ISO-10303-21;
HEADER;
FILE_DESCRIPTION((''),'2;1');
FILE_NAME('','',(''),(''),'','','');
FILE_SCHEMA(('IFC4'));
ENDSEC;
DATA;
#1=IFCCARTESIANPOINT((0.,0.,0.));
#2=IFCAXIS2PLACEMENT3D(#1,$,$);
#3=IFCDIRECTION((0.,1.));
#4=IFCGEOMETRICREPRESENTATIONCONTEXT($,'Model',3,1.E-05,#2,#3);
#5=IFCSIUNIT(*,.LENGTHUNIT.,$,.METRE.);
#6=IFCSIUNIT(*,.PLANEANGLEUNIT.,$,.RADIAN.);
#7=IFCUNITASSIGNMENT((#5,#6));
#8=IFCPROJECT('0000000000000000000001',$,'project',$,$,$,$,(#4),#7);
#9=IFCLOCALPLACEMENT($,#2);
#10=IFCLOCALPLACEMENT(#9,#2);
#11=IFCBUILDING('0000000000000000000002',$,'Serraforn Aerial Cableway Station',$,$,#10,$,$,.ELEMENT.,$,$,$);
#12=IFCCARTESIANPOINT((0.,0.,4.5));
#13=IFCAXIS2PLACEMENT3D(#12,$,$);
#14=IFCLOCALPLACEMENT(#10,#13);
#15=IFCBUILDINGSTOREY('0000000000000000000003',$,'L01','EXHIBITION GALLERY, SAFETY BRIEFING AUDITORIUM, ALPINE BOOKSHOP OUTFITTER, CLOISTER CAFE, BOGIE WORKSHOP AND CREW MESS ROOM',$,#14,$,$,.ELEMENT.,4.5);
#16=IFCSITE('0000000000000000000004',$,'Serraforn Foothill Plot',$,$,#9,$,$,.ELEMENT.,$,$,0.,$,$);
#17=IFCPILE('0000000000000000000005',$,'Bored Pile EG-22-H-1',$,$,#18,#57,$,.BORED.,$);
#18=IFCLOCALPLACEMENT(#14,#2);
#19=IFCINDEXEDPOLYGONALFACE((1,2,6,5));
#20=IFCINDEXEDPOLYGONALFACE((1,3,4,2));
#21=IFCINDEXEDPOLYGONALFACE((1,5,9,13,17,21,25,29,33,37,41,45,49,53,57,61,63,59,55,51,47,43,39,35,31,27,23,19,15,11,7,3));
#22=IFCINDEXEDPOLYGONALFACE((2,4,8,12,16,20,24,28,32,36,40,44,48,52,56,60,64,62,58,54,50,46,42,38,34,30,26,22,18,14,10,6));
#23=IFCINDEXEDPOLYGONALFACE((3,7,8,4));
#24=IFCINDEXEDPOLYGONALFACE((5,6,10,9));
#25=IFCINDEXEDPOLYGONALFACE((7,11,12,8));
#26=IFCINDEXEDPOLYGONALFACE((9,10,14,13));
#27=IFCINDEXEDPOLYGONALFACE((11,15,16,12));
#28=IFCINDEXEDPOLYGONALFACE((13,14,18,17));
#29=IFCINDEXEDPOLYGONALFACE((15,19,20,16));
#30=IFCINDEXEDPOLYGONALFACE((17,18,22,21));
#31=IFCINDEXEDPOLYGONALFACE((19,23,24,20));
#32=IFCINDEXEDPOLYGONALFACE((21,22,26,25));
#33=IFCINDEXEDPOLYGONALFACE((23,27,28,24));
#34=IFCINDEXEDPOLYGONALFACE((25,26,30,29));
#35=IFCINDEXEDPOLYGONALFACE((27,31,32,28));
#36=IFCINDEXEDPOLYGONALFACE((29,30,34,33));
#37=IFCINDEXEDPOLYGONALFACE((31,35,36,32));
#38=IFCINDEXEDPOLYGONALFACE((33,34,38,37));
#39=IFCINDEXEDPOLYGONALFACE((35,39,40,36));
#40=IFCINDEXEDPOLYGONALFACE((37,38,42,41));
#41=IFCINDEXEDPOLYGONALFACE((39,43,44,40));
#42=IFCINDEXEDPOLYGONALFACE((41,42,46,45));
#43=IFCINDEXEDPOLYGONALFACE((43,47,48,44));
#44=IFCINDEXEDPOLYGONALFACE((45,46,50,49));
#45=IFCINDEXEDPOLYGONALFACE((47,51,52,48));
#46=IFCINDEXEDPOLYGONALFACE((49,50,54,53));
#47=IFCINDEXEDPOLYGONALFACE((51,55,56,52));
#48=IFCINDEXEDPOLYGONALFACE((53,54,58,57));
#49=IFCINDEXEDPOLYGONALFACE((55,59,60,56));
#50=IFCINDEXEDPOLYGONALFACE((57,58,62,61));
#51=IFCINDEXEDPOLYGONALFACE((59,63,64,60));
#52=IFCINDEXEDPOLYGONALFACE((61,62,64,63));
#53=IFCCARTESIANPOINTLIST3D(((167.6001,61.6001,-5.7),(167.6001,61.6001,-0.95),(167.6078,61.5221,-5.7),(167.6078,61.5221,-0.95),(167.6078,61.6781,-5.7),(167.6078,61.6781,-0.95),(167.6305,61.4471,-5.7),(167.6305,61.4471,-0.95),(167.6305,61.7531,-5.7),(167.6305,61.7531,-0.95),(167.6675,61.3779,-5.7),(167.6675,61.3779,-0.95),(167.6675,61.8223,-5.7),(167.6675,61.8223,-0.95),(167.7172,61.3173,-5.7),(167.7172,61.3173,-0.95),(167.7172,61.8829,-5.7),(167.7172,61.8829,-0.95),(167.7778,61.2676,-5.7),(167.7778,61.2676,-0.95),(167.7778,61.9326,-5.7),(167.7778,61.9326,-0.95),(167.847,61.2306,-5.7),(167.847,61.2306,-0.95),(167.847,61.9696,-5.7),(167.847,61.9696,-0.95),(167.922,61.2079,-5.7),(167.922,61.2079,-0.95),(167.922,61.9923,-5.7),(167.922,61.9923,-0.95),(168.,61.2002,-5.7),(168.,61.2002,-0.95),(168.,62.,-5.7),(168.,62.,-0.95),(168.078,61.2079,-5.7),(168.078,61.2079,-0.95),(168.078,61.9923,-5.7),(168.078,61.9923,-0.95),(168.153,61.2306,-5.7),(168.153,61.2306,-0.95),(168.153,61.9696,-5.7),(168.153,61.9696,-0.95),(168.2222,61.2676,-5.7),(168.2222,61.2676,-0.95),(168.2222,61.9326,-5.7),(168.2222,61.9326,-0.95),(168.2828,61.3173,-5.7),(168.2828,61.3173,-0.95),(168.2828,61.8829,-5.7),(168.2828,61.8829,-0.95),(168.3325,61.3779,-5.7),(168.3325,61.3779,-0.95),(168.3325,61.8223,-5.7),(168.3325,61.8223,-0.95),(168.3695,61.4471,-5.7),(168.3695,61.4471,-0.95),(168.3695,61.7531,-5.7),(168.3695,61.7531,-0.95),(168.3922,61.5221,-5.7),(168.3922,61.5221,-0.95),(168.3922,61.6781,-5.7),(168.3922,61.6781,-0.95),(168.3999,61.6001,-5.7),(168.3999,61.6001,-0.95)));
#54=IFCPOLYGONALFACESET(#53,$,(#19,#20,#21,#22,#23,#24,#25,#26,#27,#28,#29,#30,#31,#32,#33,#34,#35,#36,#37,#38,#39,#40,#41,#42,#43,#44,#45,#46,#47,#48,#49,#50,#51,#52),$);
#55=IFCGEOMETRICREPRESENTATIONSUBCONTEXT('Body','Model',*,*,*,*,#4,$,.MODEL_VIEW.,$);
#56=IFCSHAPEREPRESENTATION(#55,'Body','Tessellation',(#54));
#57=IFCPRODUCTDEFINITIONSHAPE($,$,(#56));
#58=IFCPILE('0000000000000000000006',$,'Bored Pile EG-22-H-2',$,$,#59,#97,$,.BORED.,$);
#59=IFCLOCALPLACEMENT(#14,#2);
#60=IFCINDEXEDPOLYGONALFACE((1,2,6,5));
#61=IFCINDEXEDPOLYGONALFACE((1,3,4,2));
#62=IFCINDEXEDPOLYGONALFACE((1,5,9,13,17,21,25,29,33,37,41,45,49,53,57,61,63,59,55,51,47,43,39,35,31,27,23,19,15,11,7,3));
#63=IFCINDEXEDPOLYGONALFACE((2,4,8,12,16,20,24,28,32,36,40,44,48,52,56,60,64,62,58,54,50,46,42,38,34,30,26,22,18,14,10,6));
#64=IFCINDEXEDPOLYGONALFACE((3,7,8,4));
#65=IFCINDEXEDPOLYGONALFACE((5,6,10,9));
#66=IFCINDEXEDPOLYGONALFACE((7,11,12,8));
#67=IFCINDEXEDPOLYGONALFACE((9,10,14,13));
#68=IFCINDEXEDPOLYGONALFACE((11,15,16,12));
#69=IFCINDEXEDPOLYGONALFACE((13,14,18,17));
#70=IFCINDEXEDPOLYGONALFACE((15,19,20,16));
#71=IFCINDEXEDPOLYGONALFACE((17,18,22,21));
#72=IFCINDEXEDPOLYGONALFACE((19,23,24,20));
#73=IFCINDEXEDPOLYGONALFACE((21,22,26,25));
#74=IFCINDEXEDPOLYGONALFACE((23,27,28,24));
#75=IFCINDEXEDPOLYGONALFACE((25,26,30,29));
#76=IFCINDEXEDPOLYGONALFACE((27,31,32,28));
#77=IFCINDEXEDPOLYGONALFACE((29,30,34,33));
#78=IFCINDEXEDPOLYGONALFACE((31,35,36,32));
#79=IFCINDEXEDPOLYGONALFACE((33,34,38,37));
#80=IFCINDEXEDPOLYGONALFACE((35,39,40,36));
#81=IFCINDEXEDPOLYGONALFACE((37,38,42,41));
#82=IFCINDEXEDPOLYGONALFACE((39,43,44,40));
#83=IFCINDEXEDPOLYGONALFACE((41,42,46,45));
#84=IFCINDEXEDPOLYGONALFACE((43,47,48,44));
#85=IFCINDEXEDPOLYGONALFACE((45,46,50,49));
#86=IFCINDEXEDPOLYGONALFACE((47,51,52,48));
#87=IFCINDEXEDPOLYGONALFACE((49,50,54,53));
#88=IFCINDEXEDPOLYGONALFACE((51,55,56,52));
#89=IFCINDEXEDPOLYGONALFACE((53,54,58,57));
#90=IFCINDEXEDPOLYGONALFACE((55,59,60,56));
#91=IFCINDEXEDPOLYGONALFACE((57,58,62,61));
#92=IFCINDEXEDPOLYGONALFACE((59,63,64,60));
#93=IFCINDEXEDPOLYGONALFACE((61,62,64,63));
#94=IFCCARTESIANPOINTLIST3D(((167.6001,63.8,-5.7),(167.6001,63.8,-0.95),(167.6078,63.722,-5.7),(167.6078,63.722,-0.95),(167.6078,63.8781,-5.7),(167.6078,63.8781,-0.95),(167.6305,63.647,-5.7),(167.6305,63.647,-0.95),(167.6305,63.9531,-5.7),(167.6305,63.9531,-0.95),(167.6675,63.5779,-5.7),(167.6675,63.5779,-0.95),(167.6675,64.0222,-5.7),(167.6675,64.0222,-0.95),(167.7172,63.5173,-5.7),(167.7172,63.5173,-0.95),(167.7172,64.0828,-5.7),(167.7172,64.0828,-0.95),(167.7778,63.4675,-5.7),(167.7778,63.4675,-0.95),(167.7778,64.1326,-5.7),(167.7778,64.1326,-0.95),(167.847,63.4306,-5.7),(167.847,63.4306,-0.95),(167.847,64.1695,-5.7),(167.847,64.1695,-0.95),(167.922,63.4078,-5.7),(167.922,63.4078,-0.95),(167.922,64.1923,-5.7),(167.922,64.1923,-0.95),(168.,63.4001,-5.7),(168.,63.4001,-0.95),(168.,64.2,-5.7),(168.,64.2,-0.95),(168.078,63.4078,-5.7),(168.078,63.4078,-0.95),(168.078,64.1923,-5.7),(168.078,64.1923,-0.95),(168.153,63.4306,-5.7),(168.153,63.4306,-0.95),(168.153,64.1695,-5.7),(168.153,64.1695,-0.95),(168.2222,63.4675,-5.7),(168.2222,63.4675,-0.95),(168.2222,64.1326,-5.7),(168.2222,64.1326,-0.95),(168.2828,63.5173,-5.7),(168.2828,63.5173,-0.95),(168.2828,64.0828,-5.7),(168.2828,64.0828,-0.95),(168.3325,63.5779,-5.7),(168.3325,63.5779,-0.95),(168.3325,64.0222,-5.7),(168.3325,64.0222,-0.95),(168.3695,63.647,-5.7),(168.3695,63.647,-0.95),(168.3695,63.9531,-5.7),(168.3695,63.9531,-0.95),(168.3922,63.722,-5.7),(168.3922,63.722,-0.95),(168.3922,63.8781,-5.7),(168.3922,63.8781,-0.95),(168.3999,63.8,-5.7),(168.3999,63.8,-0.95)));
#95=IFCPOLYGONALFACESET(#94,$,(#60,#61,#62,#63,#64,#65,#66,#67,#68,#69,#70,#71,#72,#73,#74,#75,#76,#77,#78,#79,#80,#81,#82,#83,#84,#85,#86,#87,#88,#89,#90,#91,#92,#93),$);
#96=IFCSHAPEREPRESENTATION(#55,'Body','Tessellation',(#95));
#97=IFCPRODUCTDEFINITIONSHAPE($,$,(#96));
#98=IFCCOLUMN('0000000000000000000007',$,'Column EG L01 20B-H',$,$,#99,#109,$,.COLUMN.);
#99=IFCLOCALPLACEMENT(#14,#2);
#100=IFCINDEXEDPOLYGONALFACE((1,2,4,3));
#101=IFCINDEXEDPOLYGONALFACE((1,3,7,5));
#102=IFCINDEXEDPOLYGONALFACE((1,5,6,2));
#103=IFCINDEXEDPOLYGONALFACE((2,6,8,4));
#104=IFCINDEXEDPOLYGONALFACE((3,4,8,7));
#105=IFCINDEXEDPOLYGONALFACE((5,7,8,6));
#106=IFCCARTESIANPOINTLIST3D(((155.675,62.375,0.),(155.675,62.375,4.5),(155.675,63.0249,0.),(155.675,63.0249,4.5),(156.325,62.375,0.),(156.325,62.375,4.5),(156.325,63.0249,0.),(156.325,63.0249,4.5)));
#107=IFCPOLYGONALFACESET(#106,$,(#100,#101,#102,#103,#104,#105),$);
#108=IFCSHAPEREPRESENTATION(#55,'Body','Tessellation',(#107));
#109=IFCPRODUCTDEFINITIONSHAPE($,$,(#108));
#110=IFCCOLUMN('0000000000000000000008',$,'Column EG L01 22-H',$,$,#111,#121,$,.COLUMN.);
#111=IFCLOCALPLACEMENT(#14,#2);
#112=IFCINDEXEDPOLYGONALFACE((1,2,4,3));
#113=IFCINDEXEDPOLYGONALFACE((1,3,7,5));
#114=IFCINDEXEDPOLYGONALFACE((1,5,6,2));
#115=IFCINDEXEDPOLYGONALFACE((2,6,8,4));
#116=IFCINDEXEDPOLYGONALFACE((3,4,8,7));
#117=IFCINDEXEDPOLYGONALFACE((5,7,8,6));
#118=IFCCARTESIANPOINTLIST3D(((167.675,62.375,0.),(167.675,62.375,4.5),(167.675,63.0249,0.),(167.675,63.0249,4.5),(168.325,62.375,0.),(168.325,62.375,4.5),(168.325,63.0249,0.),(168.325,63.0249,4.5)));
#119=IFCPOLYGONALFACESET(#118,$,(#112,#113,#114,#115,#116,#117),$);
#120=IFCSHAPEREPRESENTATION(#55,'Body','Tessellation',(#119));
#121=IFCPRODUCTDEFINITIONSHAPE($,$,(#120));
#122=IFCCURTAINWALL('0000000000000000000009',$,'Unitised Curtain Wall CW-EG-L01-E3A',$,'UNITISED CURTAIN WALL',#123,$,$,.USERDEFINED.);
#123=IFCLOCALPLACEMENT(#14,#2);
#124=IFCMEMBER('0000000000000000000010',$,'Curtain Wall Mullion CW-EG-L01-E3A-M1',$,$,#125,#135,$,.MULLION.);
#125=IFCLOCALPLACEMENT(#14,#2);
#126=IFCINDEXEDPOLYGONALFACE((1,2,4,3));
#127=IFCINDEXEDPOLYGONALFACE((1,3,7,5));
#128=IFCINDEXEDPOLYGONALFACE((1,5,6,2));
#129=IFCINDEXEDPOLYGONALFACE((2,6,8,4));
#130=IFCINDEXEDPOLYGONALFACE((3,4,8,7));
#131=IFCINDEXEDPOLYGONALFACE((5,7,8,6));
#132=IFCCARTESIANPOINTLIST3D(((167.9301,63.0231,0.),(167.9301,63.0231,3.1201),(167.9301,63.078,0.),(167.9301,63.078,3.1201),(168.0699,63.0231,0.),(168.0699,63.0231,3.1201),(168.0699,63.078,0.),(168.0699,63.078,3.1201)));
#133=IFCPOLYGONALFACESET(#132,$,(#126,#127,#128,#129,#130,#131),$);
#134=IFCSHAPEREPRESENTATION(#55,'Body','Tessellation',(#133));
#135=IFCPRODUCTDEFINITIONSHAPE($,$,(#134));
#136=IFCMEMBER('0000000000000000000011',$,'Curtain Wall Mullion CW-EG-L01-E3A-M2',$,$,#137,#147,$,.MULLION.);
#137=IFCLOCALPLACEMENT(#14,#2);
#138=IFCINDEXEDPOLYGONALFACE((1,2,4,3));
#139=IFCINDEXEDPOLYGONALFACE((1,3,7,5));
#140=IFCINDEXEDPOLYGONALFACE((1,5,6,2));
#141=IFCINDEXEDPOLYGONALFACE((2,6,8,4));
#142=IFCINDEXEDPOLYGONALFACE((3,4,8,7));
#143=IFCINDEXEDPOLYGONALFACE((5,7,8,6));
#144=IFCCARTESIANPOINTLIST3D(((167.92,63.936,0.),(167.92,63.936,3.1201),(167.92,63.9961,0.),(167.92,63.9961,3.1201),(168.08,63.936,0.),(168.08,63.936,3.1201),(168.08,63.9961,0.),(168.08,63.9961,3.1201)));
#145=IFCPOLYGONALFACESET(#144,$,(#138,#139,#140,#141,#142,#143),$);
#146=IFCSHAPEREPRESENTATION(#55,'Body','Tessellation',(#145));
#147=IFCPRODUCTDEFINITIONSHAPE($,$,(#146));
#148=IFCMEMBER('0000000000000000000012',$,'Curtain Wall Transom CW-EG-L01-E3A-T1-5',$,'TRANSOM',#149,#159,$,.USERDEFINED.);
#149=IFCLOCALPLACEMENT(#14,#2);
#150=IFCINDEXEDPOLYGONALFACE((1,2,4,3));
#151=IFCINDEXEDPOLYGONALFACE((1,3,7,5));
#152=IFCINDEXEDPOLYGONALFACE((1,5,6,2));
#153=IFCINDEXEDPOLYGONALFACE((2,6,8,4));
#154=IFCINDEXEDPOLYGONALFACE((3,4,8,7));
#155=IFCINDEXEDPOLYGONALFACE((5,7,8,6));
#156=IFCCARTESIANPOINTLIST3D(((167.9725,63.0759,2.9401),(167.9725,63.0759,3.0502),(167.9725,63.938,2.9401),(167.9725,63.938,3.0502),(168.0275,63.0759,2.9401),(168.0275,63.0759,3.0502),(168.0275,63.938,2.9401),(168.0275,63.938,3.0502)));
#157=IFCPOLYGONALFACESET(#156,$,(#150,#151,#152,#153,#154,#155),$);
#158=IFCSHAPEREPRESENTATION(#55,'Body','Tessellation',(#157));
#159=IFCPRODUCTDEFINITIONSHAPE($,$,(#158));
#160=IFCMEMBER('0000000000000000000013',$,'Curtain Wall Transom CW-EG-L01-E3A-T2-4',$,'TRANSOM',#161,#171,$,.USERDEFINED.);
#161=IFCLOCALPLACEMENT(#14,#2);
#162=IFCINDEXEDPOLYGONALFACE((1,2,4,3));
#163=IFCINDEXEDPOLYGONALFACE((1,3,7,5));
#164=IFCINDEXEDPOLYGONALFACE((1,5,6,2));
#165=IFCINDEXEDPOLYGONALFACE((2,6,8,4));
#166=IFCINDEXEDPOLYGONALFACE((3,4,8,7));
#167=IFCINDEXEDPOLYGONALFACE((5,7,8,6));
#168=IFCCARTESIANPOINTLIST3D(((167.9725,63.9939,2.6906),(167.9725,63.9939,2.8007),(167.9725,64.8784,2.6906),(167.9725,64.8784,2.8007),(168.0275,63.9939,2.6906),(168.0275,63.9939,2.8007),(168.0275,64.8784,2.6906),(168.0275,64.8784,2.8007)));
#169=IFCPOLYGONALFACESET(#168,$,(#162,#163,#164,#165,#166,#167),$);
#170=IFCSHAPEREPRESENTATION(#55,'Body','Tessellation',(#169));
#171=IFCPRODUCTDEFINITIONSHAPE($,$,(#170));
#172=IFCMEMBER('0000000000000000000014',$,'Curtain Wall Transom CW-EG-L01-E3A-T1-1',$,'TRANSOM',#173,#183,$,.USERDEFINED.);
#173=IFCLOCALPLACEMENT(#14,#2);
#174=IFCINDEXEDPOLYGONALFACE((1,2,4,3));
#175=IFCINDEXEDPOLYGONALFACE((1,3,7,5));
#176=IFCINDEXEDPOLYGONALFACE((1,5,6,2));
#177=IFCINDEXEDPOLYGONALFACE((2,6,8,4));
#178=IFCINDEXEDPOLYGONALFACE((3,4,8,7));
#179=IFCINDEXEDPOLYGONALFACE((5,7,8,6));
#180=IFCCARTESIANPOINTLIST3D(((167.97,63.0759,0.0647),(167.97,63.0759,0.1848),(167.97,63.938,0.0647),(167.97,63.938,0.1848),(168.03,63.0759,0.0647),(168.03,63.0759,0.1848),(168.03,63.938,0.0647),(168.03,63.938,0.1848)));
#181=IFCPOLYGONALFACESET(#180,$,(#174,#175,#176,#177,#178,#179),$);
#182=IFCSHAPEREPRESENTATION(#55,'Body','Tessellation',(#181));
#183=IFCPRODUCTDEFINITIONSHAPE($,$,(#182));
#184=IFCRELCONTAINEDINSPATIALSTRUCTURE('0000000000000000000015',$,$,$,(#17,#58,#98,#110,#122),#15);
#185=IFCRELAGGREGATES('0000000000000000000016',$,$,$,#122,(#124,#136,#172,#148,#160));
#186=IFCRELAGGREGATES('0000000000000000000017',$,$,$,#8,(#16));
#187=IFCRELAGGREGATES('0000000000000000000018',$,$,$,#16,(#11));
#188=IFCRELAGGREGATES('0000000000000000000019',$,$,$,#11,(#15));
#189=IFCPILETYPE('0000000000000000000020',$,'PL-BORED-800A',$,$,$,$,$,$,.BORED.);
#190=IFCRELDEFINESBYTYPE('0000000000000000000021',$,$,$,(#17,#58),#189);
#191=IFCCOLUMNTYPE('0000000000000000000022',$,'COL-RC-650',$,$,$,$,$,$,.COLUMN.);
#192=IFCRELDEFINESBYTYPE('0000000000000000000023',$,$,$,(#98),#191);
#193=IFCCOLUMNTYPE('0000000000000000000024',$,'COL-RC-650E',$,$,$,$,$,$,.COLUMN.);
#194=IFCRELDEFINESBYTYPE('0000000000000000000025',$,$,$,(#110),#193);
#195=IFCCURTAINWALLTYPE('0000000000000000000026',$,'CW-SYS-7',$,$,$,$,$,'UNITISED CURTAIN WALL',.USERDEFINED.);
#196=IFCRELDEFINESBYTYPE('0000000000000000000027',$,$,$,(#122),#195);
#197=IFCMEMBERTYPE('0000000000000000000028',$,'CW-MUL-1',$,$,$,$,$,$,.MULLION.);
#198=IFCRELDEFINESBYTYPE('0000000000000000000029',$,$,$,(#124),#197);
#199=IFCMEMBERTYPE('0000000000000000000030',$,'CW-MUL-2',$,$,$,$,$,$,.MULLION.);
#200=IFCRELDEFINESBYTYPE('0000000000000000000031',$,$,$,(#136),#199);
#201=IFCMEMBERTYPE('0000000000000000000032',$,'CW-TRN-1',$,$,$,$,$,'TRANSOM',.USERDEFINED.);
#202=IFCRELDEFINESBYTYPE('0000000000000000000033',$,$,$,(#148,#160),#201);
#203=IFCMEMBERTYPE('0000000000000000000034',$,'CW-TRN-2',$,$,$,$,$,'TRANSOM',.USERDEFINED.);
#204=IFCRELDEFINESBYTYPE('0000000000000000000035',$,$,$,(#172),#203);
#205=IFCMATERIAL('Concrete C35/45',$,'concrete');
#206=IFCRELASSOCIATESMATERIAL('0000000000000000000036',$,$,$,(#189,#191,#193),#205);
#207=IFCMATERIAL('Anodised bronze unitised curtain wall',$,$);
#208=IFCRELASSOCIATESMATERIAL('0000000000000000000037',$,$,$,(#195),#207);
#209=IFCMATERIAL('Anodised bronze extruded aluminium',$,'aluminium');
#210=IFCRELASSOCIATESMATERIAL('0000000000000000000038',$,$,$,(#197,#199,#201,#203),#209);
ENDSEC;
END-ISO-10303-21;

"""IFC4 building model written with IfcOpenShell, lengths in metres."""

from ifc_helpers import new_model, si_unit, direction, frame, origin, origin_2d, place, context, subcontext, project, spatial, rectangle, circle, extrude, material, material_profile, profile_set, type_object, element, aggregate, save


model = new_model("IFC4")

# Units and contexts
model_context = context("Model", 3, precision=1e-05, world=origin(), true_north=direction((0.0, 1.0)))
body_context = subcontext(model_context, "Body", "Model", "MODEL_VIEW")
ifc_project = project(units=[si_unit("LENGTHUNIT", "METRE"), si_unit("PLANEANGLEUNIT", "RADIAN")], contexts=[model_context])

# Site, building, storey
site_placement = place(None, origin())
site = spatial("IfcSite", under=ifc_project, at=site_placement, Name="Serraforn Foothill Plot", CompositionType="ELEMENT", RefElevation=0.0)
building_placement = place(site_placement, origin())
building = spatial("IfcBuilding", under=site, at=building_placement, Name="Serraforn Aerial Cableway Station", CompositionType="ELEMENT")
storey_placement = place(building_placement, frame((0.0, 0.0, 4.5)))
storey = spatial("IfcBuildingStorey", under=building, at=storey_placement, Name="L01", Description="EXHIBITION GALLERY, SAFETY BRIEFING AUDITORIUM, ALPINE BOOKSHOP OUTFITTER, CLOISTER CAFE, BOGIE WORKSHOP AND CREW MESS ROOM", CompositionType="ELEMENT", Elevation=4.5)

# Shared definitions
ifc_material_1 = material(Name="Concrete C35/45", Category="concrete")

# Piles
ifc_material_profile_1 = material_profile(ifc_material_1, circle(Radius=0.3999, at=origin_2d()), Name="BORED PILE D800")
ifc_profile_set_1 = profile_set([ifc_material_profile_1], Name="Concrete C35/45")
pile_type = type_object("IfcPileType", Name="PL-BORED-800A", PredefinedType="BORED", material=ifc_profile_set_1)
for number, where, z_axis, x_axis, name in (
    (1, (168.0, 61.6001, -0.95), (0.0, 0.0, -1.0), (1.0, 0.0, 0.0), "Bored Pile EG-22-H-1"),
    (2, (168.0, 63.8, -0.95), (0.0, 0.0, -1.0), (1.0, 0.0, 0.0), "Bored Pile EG-22-H-2"),
):
    element("IfcPile", number, at=place(storey_placement, frame(where, z_axis=z_axis, x_axis=x_axis)), inside=storey, type_object=pile_type, Name=name, PredefinedType="BORED", context=body_context, shape_type="SweptSolid", body=[
        extrude(circle(Radius=0.3999, at=origin_2d()), origin(), (0.0, 0.0, 1.0), 4.75),
    ])

# Columns
ifc_material_profile_2 = material_profile(ifc_material_1, rectangle(XDim=0.6499, YDim=0.6499, at=origin_2d()), Name="RC 650x650")
ifc_profile_set_2 = profile_set([ifc_material_profile_2], Name="Concrete C35/45")
column_type_1 = type_object("IfcColumnType", Name="COL-RC-650", PredefinedType="COLUMN", material=ifc_profile_set_2)
column_1_placement = place(storey_placement, frame((156.0, 62.7, 0.0), z_axis=(0.0, 0.0, 1.0), x_axis=(1.0, 0.0, 0.0)))
element("IfcColumn", 3, at=column_1_placement, inside=storey, type_object=column_type_1, Name="Column EG L01 20B-H", PredefinedType="COLUMN", context=body_context, shape_type="SweptSolid", body=[
    extrude(rectangle(XDim=0.6499, YDim=0.6499, at=origin_2d()), origin(), (0.0, 0.0, 1.0), 4.5),
])
ifc_material_profile_3 = material_profile(ifc_material_1, rectangle(XDim=0.6499, YDim=0.6499, at=origin_2d()), Name="RC 650x650")
ifc_profile_set_3 = profile_set([ifc_material_profile_3], Name="Concrete C35/45")
column_type_2 = type_object("IfcColumnType", Name="COL-RC-650E", PredefinedType="COLUMN", material=ifc_profile_set_3)
column_2_placement = place(storey_placement, frame((168.0, 62.7, 0.0), z_axis=(0.0, 0.0, 1.0), x_axis=(1.0, 0.0, 0.0)))
element("IfcColumn", 4, at=column_2_placement, inside=storey, type_object=column_type_2, Name="Column EG L01 22-H", PredefinedType="COLUMN", context=body_context, shape_type="SweptSolid", body=[
    extrude(rectangle(XDim=0.6499, YDim=0.6499, at=origin_2d()), origin(), (0.0, 0.0, 1.0), 4.5),
])

# Curtain wall, members
ifc_material_2 = material(Name="Anodised bronze unitised curtain wall")
curtain_wall_type = type_object("IfcCurtainWallType", Name="CW-SYS-7", ElementType="UNITISED CURTAIN WALL", PredefinedType="USERDEFINED", material=ifc_material_2)
curtain_wall_placement = place(storey_placement, origin())
curtain_wall = element("IfcCurtainWall", 5, at=curtain_wall_placement, inside=storey, type_object=curtain_wall_type, Name="Unitised Curtain Wall CW-EG-L01-E3A", ObjectType="UNITISED CURTAIN WALL", PredefinedType="USERDEFINED")
ifc_material_3 = material(Name="Anodised bronze extruded aluminium", Category="aluminium")
ifc_material_profile_4 = material_profile(ifc_material_3, rectangle(XDim=0.0549, YDim=0.1399, at=origin_2d()), Name="CW MULLION 55x140")
ifc_profile_set_4 = profile_set([ifc_material_profile_4], Name="Anodised bronze extruded aluminium")
member_type_1 = type_object("IfcMemberType", Name="CW-MUL-1", PredefinedType="MULLION", material=ifc_profile_set_4)
member_1_placement = place(storey_placement, frame((168.0, 63.0505, 0.0), z_axis=(0.0, 0.0, 1.0), x_axis=(0.0, 1.0, 0.0)))
member_1 = element("IfcMember", 6, at=member_1_placement, type_object=member_type_1, Name="Curtain Wall Mullion CW-EG-L01-E3A-M1", PredefinedType="MULLION", context=body_context, shape_type="SweptSolid", body=[
    extrude(rectangle(XDim=0.0549, YDim=0.1399, at=origin_2d()), origin(), (0.0, 0.0, 1.0), 3.1201),
])
ifc_material_profile_5 = material_profile(ifc_material_3, rectangle(XDim=0.0601, YDim=0.1599, at=origin_2d()), Name="CW MULLION 60x160")
ifc_profile_set_5 = profile_set([ifc_material_profile_5], Name="Anodised bronze extruded aluminium")
member_type_2 = type_object("IfcMemberType", Name="CW-MUL-2", PredefinedType="MULLION", material=ifc_profile_set_5)
member_2_placement = place(storey_placement, frame((168.0, 63.9661, 0.0), z_axis=(0.0, 0.0, 1.0), x_axis=(0.0, 1.0, 0.0)))
member_2 = element("IfcMember", 7, at=member_2_placement, type_object=member_type_2, Name="Curtain Wall Mullion CW-EG-L01-E3A-M2", PredefinedType="MULLION", context=body_context, shape_type="SweptSolid", body=[
    extrude(rectangle(XDim=0.0601, YDim=0.1599, at=origin_2d()), origin(), (0.0, 0.0, 1.0), 3.1201),
])
ifc_material_profile_6 = material_profile(ifc_material_3, rectangle(XDim=0.0549, YDim=0.1101, at=origin_2d()), Name="CW TRANSOM 55x110")
ifc_profile_set_6 = profile_set([ifc_material_profile_6], Name="Anodised bronze extruded aluminium")
member_type_3 = type_object("IfcMemberType", Name="CW-TRN-1", ElementType="TRANSOM", PredefinedType="USERDEFINED", material=ifc_profile_set_6)
member_3_placement = place(storey_placement, frame((168.0, 63.0759, 2.9951), z_axis=(0.0, 1.0, 0.0), x_axis=(-1.0, 0.0, 0.0)))
member_3 = element("IfcMember", 8, at=member_3_placement, type_object=member_type_3, Name="Curtain Wall Transom CW-EG-L01-E3A-T1-5", ObjectType="TRANSOM", PredefinedType="USERDEFINED", context=body_context, shape_type="SweptSolid", body=[
    extrude(rectangle(XDim=0.0549, YDim=0.1101, at=origin_2d()), origin(), (0.0, 0.0, 1.0), 0.8621),
])
member_4_placement = place(storey_placement, frame((168.0, 63.9939, 2.7456), z_axis=(0.0, 1.0, 0.0), x_axis=(-1.0, 0.0, 0.0)))
member_4 = element("IfcMember", 9, at=member_4_placement, type_object=member_type_3, Name="Curtain Wall Transom CW-EG-L01-E3A-T2-4", ObjectType="TRANSOM", PredefinedType="USERDEFINED", context=body_context, shape_type="SweptSolid", body=[
    extrude(rectangle(XDim=0.0549, YDim=0.1101, at=origin_2d()), origin(), (0.0, 0.0, 1.0), 0.8845),
])
ifc_material_profile_7 = material_profile(ifc_material_3, rectangle(XDim=0.0601, YDim=0.1201, at=origin_2d()), Name="CW TRANSOM 60x120")
ifc_profile_set_7 = profile_set([ifc_material_profile_7], Name="Anodised bronze extruded aluminium")
member_type_4 = type_object("IfcMemberType", Name="CW-TRN-2", ElementType="TRANSOM", PredefinedType="USERDEFINED", material=ifc_profile_set_7)
member_5_placement = place(storey_placement, frame((168.0, 63.0759, 0.1248), z_axis=(0.0, 1.0, 0.0), x_axis=(-1.0, 0.0, 0.0)))
member_5 = element("IfcMember", 10, at=member_5_placement, type_object=member_type_4, Name="Curtain Wall Transom CW-EG-L01-E3A-T1-1", ObjectType="TRANSOM", PredefinedType="USERDEFINED", context=body_context, shape_type="SweptSolid", body=[
    extrude(rectangle(XDim=0.0601, YDim=0.1201, at=origin_2d()), origin(), (0.0, 0.0, 1.0), 0.8621),
])
aggregate(curtain_wall, [member_1, member_2, member_5, member_3, member_4])

save(model, "model.ifc")
